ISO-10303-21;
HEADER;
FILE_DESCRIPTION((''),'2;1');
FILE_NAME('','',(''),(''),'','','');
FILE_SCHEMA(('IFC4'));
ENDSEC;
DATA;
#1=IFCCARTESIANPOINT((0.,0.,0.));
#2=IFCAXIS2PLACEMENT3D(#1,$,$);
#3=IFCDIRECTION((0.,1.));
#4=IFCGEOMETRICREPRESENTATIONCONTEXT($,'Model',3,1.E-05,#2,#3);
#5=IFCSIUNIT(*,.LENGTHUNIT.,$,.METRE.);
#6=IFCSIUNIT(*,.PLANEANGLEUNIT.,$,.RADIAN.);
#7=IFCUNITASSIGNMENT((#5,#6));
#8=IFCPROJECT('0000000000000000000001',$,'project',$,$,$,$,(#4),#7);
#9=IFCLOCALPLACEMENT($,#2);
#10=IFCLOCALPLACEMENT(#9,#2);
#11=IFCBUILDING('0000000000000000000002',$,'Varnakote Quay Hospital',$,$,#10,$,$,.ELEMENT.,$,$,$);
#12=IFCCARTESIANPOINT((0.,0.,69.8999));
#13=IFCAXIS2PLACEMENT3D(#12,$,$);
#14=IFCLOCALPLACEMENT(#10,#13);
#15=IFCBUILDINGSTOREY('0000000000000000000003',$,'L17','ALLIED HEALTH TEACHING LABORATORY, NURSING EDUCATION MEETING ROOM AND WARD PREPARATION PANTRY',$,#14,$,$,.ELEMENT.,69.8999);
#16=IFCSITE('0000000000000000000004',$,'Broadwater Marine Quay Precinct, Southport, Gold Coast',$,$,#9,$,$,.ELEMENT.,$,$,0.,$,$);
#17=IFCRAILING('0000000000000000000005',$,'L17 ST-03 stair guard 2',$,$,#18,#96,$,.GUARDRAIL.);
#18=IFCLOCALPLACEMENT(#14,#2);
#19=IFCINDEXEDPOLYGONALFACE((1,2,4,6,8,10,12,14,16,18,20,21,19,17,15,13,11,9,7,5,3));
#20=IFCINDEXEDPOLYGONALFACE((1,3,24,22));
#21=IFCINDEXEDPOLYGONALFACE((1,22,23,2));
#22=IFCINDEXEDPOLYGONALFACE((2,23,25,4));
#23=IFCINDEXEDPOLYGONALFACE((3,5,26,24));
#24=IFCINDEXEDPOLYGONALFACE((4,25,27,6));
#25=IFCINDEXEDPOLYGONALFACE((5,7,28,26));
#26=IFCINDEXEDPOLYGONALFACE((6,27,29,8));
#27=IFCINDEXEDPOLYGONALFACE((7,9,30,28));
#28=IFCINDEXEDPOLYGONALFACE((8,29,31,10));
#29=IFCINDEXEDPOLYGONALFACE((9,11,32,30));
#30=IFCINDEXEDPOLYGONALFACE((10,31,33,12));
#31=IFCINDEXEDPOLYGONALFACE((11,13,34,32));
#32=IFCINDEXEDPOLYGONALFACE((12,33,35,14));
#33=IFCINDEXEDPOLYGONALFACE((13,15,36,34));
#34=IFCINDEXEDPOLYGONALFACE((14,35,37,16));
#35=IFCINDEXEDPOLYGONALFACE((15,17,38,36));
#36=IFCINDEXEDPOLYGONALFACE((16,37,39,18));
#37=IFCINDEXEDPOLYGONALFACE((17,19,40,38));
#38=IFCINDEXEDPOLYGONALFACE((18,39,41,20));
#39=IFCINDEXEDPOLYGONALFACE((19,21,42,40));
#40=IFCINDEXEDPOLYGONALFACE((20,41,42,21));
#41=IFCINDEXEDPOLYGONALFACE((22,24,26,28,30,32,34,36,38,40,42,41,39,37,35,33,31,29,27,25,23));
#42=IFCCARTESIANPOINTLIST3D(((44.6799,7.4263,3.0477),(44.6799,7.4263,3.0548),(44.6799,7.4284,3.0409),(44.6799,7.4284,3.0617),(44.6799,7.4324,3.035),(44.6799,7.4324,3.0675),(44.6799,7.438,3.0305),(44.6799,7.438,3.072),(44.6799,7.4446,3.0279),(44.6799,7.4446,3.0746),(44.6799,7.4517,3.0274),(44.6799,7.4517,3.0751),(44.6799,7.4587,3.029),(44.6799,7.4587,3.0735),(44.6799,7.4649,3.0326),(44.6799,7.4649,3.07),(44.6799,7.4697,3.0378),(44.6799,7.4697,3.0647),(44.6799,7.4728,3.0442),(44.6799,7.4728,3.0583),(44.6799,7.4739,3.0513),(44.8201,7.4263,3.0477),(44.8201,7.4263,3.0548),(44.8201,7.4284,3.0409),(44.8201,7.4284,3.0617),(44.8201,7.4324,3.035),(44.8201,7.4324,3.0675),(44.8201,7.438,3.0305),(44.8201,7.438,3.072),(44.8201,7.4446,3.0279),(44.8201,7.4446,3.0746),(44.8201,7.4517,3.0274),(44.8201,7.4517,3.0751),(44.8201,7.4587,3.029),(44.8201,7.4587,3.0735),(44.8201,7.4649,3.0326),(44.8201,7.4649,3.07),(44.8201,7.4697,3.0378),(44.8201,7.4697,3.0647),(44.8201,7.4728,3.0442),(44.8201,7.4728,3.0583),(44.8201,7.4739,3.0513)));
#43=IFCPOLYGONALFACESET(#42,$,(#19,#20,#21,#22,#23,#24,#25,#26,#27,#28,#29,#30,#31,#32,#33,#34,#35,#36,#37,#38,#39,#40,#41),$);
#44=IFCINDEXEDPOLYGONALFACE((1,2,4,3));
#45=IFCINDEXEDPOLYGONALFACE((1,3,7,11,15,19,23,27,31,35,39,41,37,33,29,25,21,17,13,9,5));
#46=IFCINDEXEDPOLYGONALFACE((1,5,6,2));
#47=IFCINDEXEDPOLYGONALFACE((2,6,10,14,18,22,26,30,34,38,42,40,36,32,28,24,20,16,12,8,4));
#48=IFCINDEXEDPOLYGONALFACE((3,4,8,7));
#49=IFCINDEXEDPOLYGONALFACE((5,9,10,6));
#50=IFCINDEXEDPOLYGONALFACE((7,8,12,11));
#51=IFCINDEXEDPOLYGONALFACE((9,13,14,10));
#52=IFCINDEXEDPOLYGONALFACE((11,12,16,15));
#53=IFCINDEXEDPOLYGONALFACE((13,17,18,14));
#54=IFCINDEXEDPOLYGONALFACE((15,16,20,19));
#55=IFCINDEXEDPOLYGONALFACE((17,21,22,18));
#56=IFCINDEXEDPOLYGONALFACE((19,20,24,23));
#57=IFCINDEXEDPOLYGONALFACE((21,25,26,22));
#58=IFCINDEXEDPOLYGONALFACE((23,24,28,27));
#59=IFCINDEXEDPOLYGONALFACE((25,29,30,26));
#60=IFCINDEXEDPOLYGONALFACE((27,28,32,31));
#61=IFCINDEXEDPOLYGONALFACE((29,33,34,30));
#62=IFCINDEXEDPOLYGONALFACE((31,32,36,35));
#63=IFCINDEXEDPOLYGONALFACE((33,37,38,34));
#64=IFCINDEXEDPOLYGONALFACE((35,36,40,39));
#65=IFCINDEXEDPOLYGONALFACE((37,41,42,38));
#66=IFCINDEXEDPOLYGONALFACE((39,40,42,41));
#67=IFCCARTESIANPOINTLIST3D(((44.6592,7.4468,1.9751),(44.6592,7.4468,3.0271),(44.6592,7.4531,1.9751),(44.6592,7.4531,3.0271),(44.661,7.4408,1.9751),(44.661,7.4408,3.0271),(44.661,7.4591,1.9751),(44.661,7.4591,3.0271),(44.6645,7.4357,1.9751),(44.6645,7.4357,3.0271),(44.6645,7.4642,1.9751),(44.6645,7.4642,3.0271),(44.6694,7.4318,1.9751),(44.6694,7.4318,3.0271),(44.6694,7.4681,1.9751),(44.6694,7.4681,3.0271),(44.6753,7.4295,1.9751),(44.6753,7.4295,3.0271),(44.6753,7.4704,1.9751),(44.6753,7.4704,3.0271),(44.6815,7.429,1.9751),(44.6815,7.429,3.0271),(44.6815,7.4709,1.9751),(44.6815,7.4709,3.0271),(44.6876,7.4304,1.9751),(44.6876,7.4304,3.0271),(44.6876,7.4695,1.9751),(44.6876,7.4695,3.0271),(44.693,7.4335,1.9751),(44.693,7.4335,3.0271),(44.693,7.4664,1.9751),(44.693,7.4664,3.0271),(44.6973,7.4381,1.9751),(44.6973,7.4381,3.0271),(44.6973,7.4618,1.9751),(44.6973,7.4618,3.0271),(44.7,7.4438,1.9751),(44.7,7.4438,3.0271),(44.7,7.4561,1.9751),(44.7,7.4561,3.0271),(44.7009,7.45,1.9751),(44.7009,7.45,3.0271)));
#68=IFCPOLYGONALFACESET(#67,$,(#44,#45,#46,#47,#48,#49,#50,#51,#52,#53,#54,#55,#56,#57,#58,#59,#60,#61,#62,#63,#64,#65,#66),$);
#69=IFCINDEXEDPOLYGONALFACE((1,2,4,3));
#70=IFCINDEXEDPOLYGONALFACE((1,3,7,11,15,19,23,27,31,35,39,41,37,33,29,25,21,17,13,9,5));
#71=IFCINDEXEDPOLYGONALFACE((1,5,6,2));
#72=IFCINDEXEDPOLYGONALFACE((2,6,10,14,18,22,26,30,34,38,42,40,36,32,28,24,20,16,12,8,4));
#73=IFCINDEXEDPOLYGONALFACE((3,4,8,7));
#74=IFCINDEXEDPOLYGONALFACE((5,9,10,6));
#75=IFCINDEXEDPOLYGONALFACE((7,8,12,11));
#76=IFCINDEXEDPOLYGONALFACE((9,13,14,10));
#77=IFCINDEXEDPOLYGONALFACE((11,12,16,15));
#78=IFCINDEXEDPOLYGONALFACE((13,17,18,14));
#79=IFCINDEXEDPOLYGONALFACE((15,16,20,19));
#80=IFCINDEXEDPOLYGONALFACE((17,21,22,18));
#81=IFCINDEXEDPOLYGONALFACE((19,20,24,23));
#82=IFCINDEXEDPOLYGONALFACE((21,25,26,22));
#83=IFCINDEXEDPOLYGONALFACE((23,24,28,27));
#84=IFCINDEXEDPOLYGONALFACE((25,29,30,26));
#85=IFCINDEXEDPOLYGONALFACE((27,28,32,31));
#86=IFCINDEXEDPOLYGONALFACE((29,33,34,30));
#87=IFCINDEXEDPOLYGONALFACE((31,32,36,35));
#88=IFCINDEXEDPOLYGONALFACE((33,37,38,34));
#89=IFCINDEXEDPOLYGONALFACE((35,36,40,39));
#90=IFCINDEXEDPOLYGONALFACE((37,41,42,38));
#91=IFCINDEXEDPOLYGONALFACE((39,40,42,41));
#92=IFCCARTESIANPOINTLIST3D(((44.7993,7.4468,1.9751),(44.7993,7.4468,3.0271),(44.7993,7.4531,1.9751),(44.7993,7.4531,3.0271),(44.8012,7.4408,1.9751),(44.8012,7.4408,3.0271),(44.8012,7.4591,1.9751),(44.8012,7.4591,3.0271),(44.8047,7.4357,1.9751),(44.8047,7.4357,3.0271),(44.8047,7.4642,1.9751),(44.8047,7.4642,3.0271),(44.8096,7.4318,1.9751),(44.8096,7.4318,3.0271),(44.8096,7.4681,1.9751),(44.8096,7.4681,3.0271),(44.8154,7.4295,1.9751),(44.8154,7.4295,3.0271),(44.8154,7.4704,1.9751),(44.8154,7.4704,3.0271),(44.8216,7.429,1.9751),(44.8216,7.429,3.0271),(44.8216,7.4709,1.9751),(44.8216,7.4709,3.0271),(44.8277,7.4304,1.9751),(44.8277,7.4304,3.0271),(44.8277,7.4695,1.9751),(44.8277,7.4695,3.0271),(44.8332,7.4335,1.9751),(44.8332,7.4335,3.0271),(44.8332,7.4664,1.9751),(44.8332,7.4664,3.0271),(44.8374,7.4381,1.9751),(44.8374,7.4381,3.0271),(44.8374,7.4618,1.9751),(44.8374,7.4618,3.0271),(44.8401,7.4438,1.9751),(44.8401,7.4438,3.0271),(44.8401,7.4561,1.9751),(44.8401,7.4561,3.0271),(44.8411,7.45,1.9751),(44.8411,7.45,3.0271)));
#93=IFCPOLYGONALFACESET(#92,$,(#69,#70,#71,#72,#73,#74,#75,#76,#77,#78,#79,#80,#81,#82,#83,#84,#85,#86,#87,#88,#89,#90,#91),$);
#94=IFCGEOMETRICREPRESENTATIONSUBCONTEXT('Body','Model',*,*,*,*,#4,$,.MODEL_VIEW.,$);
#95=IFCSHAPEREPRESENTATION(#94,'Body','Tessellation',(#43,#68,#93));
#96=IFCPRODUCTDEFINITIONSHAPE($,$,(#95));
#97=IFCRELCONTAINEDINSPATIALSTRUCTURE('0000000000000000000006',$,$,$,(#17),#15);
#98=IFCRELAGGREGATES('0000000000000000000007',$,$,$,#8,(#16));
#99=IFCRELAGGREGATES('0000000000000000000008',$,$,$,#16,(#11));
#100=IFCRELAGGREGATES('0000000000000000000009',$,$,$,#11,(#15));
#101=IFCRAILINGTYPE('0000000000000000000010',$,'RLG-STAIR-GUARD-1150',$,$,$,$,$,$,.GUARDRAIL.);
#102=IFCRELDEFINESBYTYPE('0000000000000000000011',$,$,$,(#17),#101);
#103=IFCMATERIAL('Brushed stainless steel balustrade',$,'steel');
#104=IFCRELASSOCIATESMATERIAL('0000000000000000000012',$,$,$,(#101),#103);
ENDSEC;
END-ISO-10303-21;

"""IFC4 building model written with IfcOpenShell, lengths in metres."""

from ifc_helpers import new_model, si_unit, direction, frame, origin, origin_2d, place, context, subcontext, project, spatial, circle, extrude, material, type_object, element, save


model = new_model("IFC4")

# Units and contexts
model_context = context("Model", 3, precision=1e-05, world=origin(), true_north=direction((0.0, 1.0)))
body_context = subcontext(model_context, "Body", "Model", "MODEL_VIEW")
ifc_project = project(units=[si_unit("LENGTHUNIT", "METRE"), si_unit("PLANEANGLEUNIT", "RADIAN")], contexts=[model_context])

# Site, building, storey
site_placement = place(None, origin())
site = spatial("IfcSite", under=ifc_project, at=site_placement, Name="Broadwater Marine Quay Precinct, Southport, Gold Coast", CompositionType="ELEMENT", RefElevation=0.0)
building_placement = place(site_placement, origin())
building = spatial("IfcBuilding", under=site, at=building_placement, Name="Varnakote Quay Hospital", CompositionType="ELEMENT")
storey_placement = place(building_placement, frame((0.0, 0.0, 69.8999)))
storey = spatial("IfcBuildingStorey", under=building, at=storey_placement, Name="L17", Description="ALLIED HEALTH TEACHING LABORATORY, NURSING EDUCATION MEETING ROOM AND WARD PREPARATION PANTRY", CompositionType="ELEMENT", Elevation=69.8999)

# Railing
ifc_material_1 = material(Name="Brushed stainless steel balustrade", Category="steel")
railing_type_1 = type_object("IfcRailingType", Name="RLG-STAIR-GUARD-1150", PredefinedType="GUARDRAIL", material=ifc_material_1)
railing_1_placement = place(storey_placement, frame((44.6799, 7.45, 1.9751)))
element("IfcRailing", 1, at=railing_1_placement, inside=storey, type_object=railing_type_1, Name="L17 ST-03 stair guard 2", PredefinedType="GUARDRAIL", context=body_context, shape_type="SweptSolid", body=[
    extrude(circle(Radius=0.0239, at=origin_2d()), frame((0.0, 0.0, 1.0762), z_axis=(1.0, 0.0, 0.0), x_axis=(0.0, 1.0, 0.0)), (0.0, 0.0, 1.0), 0.1401),
    extrude(circle(Radius=0.021, at=origin_2d()), origin(), (0.0, 0.0, 1.0), 1.052),
    extrude(circle(Radius=0.021, at=origin_2d()), frame((0.1401, 0.0, 0.0)), (0.0, 0.0, 1.0), 1.052),
])

save(model, "model.ifc")
